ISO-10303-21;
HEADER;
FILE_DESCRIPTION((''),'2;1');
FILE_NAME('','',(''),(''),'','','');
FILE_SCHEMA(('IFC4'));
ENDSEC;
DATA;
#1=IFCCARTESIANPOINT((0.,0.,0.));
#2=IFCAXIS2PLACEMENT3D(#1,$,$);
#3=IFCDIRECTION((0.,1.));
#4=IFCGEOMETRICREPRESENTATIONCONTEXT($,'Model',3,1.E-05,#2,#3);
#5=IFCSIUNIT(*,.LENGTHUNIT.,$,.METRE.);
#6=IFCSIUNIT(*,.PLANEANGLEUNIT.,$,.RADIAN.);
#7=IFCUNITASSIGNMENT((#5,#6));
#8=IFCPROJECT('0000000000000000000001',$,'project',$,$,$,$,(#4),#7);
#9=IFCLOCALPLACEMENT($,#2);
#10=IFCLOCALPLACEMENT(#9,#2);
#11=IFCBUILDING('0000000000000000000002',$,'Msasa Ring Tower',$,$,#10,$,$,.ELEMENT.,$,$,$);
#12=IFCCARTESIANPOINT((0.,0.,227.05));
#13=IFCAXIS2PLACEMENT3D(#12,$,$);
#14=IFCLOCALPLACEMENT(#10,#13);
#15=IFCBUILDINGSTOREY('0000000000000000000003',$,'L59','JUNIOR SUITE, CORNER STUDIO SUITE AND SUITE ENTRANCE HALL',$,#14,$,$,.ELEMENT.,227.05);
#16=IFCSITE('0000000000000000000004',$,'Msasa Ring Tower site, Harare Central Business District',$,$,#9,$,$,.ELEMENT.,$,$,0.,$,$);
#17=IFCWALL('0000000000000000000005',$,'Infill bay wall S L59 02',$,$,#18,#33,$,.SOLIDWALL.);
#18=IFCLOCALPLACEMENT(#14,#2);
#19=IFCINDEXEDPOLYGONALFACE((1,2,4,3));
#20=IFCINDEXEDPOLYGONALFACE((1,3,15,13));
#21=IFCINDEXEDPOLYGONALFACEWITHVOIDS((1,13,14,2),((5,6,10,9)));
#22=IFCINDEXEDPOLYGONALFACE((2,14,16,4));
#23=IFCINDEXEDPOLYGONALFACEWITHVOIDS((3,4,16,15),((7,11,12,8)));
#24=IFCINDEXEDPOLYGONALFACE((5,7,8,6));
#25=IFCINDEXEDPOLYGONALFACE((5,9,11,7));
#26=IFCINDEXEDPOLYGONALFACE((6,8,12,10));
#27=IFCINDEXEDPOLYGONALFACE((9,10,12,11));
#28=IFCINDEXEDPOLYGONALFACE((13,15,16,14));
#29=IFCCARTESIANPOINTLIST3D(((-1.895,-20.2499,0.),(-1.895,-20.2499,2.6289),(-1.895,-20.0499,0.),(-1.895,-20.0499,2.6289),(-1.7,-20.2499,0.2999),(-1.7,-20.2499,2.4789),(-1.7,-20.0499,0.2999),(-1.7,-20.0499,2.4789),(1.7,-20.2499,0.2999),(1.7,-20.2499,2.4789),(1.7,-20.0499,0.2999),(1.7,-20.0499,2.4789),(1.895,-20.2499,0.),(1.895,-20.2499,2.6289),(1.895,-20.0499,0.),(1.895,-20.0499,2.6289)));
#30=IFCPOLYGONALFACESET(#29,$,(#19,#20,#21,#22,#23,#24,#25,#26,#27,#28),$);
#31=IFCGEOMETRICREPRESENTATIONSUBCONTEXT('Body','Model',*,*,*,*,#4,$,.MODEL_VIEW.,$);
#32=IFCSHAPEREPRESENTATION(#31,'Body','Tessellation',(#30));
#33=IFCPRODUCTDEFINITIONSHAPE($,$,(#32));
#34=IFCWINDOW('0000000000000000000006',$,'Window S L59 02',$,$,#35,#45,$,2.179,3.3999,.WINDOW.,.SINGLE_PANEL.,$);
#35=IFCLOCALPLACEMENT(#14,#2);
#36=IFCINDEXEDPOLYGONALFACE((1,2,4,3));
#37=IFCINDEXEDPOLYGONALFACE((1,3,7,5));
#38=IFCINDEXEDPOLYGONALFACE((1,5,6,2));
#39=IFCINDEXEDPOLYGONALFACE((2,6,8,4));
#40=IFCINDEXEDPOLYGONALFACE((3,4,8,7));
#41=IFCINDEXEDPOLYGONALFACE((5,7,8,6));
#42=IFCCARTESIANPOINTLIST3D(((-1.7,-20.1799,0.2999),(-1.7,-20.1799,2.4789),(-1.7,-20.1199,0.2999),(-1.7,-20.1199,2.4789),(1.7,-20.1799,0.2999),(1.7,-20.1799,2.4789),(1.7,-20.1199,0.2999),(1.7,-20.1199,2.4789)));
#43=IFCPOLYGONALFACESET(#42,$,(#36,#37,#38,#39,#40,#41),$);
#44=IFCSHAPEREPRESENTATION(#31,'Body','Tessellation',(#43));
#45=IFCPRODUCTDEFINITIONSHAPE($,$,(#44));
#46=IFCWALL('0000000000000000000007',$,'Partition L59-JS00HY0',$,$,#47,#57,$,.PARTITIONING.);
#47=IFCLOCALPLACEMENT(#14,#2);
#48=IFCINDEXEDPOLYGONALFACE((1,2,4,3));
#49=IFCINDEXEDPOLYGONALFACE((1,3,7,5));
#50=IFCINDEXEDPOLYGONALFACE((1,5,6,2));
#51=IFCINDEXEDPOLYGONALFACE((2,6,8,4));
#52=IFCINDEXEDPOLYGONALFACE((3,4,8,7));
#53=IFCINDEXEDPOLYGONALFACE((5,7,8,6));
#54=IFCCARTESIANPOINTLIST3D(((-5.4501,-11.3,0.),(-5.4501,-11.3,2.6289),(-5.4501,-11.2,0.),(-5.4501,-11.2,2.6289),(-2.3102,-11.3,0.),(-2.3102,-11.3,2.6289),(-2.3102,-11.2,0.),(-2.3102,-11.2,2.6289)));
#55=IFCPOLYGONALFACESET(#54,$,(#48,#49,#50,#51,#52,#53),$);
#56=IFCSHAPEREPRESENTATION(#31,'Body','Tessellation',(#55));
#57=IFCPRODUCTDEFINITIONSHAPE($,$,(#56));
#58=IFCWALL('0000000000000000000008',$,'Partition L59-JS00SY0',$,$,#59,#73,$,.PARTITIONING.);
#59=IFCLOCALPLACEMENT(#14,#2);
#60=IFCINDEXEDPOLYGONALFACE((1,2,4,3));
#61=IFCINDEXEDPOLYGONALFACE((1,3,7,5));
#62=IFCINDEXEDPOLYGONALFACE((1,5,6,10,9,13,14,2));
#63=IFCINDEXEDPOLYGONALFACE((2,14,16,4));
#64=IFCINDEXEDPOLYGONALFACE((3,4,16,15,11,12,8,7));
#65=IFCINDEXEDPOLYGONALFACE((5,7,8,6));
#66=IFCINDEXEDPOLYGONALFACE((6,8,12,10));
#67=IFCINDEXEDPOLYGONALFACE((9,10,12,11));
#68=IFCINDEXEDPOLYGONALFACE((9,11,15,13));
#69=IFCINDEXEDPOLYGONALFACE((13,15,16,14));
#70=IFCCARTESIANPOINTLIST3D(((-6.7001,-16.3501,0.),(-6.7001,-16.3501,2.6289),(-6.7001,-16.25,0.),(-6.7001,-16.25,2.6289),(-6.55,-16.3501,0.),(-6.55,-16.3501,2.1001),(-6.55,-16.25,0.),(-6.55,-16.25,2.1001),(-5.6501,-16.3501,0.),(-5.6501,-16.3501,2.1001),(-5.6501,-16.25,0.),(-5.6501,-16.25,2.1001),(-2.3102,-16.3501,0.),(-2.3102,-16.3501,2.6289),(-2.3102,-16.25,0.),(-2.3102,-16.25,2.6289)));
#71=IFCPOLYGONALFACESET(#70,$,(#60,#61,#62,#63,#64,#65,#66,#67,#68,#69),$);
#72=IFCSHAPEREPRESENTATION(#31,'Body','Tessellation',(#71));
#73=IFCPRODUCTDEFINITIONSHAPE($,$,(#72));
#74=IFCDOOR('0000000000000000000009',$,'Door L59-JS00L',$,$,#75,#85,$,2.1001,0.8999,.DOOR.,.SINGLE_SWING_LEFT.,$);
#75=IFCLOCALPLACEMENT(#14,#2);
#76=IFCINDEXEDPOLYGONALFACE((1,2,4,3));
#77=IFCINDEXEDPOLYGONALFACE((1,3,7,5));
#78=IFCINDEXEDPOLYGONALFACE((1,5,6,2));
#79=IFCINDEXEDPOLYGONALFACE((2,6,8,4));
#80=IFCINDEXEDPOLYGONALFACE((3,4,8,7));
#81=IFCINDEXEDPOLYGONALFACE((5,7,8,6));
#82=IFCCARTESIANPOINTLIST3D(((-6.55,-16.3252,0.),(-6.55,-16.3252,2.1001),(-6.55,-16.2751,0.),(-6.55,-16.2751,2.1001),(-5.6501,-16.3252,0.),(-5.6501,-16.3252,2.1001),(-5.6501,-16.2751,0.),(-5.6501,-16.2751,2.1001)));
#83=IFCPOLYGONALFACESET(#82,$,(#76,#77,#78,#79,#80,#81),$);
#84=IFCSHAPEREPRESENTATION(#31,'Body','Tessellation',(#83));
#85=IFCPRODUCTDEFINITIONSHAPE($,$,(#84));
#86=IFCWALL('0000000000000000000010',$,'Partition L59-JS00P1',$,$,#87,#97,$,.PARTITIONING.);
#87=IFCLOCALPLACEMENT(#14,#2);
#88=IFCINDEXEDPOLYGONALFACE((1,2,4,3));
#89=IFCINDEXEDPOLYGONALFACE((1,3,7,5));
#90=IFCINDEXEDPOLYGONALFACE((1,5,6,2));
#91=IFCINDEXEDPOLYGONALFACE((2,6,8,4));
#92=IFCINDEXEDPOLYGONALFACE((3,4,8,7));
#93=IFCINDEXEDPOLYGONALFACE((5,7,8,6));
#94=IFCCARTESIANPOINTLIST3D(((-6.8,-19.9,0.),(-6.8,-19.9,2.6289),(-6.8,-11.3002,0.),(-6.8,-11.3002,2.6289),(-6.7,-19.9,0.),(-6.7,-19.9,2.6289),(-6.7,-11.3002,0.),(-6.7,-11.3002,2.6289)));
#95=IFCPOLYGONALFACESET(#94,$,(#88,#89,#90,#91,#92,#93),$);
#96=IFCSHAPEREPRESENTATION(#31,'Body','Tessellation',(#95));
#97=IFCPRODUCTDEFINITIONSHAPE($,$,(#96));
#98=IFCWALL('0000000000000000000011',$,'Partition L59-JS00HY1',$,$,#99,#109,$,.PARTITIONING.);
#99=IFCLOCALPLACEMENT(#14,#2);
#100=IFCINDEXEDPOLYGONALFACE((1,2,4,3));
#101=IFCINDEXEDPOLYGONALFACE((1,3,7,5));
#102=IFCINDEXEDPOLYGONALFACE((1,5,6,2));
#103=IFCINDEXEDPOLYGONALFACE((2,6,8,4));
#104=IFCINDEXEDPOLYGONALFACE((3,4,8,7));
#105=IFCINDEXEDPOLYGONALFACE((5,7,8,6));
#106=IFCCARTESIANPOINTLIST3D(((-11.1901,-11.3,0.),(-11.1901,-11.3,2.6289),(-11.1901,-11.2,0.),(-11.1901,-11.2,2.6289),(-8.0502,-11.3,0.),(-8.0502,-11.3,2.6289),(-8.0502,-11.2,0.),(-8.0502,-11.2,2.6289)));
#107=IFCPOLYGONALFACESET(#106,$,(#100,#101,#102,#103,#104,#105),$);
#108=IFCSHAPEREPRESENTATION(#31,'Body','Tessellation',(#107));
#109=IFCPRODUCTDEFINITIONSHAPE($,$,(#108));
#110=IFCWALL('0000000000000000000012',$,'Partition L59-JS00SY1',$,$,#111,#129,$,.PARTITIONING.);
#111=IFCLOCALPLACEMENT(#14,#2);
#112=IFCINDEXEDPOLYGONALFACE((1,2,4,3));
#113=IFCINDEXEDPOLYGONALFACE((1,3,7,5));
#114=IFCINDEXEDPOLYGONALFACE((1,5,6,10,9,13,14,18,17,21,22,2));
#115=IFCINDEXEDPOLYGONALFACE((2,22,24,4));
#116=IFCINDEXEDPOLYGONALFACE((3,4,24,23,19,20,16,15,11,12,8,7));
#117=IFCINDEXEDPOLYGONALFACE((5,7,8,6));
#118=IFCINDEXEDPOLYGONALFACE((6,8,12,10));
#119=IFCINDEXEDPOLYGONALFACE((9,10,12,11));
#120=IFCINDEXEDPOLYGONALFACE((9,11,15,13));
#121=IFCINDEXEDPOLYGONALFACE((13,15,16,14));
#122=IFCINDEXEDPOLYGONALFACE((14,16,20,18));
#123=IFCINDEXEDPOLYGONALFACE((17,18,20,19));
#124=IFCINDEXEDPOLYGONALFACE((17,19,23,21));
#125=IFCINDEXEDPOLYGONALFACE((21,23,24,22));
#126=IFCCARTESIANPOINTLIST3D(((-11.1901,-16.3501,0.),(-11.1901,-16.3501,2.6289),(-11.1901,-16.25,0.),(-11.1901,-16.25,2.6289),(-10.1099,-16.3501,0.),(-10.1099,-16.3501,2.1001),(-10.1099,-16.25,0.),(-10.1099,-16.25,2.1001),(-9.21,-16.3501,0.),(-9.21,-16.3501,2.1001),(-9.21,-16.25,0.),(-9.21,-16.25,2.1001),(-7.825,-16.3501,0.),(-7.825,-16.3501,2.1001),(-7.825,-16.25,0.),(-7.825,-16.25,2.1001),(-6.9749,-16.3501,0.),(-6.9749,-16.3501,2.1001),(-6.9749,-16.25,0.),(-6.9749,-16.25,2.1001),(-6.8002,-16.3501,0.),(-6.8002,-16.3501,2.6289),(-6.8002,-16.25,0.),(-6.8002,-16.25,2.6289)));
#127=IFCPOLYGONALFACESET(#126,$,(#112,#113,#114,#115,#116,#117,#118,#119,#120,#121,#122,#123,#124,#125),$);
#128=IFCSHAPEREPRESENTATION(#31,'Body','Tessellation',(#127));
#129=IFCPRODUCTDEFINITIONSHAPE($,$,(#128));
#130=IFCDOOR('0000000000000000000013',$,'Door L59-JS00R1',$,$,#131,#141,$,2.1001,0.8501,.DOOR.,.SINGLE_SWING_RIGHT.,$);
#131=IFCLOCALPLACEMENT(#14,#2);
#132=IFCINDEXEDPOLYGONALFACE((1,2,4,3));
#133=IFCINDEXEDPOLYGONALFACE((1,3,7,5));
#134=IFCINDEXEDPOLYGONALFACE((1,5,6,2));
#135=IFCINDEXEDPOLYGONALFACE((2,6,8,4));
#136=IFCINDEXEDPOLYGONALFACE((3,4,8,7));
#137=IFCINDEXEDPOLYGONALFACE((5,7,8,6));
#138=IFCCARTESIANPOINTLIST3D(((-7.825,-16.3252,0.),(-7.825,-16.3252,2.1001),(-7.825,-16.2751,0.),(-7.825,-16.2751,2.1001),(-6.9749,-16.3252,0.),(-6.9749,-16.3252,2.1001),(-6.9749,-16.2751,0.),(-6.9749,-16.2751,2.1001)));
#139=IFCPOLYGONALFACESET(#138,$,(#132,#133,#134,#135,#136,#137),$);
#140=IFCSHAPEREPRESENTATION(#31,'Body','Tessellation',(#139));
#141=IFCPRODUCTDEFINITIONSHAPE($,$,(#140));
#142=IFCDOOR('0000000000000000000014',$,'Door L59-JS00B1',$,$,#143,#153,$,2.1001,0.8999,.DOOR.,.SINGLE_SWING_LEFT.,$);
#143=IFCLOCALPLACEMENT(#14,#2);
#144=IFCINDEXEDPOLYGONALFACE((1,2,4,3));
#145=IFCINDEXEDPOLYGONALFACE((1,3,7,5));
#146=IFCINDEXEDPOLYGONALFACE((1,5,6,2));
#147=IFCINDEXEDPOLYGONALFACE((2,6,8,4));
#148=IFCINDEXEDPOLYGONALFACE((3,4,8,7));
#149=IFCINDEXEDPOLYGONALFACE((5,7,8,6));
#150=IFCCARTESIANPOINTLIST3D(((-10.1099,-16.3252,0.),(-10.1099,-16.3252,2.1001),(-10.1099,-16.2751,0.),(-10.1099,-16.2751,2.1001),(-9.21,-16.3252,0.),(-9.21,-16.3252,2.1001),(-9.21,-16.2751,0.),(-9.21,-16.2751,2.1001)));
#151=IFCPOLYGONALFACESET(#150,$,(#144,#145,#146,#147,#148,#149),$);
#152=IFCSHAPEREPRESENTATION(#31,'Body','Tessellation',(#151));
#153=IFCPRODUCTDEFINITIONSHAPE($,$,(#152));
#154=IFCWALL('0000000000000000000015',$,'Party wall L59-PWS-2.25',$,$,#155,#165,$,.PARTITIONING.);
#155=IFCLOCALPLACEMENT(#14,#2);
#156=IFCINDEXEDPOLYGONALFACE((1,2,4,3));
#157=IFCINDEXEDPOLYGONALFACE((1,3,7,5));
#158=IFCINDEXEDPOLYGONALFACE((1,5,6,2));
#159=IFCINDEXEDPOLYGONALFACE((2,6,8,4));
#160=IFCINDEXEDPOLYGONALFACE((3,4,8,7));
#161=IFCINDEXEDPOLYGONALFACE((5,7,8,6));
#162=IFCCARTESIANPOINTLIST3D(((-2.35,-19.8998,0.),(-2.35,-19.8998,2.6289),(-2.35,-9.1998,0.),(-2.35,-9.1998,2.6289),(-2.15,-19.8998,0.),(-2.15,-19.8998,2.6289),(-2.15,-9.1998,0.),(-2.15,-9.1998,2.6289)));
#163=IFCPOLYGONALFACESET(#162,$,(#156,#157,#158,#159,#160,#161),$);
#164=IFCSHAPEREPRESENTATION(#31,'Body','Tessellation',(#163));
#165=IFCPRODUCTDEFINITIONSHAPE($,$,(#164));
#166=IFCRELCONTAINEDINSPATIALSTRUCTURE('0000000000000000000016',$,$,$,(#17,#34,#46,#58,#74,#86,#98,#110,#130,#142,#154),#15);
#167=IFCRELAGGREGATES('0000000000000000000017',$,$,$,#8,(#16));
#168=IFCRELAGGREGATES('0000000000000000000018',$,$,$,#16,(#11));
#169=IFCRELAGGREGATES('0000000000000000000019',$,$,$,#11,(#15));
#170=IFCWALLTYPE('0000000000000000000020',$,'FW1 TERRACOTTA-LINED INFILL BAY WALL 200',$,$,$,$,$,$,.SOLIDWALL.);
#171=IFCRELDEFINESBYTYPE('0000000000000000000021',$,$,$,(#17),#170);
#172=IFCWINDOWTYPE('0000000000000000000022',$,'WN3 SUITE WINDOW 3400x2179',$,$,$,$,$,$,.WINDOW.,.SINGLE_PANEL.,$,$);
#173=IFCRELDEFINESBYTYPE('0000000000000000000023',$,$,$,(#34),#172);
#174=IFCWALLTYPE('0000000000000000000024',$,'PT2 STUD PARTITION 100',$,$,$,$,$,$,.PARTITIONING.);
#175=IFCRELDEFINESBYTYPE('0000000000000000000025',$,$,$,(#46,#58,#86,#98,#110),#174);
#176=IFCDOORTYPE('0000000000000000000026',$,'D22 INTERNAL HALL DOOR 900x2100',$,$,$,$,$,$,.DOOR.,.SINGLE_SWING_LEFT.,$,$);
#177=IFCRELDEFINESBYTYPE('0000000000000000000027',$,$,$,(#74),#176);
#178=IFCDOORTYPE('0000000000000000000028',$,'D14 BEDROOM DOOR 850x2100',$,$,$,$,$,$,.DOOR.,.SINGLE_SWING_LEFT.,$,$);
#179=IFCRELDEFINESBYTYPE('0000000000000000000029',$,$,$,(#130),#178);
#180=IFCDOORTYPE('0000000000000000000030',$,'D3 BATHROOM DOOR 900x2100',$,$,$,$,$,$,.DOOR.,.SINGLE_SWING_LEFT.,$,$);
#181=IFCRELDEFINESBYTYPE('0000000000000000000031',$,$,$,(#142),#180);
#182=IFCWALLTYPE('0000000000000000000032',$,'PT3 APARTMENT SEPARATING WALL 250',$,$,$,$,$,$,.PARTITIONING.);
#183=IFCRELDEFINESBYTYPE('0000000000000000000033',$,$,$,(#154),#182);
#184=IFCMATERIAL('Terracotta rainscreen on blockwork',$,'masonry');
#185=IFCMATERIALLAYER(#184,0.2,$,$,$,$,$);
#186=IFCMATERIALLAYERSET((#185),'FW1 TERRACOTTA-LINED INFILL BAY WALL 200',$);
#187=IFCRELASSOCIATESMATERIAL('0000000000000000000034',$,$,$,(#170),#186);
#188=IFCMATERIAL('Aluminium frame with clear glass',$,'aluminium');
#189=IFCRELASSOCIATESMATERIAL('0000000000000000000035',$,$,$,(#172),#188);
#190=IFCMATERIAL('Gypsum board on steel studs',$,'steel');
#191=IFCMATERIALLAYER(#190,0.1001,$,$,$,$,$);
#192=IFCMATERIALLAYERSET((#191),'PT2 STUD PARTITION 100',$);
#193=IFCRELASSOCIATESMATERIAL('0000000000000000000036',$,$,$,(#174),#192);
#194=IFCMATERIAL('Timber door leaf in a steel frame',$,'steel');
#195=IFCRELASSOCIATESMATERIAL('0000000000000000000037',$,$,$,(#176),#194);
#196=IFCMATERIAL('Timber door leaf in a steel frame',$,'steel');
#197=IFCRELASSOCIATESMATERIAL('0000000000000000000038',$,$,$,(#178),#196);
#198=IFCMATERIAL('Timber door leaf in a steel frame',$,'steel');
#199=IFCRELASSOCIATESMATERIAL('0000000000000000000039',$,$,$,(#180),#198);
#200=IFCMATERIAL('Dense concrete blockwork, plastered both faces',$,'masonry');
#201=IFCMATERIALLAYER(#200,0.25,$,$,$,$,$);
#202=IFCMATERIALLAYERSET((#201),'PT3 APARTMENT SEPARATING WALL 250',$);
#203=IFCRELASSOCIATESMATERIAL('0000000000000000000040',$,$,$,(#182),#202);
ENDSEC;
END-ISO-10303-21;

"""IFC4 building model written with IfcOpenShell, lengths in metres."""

from ifc_helpers import new_model, si_unit, direction, frame, frame_2d, origin, place, context, subcontext, project, spatial, rectangle, extrude, material, layer, layer_set, type_object, element, fill, save


model = new_model("IFC4")

# Units and contexts
model_context = context("Model", 3, precision=1e-05, world=origin(), true_north=direction((0.0, 1.0)))
body_context = subcontext(model_context, "Body", "Model", "MODEL_VIEW")
ifc_project = project(units=[si_unit("LENGTHUNIT", "METRE"), si_unit("PLANEANGLEUNIT", "RADIAN")], contexts=[model_context])

# Site, building, storey
site_placement = place(None, origin())
site = spatial("IfcSite", under=ifc_project, at=site_placement, Name="Msasa Ring Tower site, Harare Central Business District", CompositionType="ELEMENT", RefElevation=0.0)
building_placement = place(site_placement, origin())
building = spatial("IfcBuilding", under=site, at=building_placement, Name="Msasa Ring Tower", CompositionType="ELEMENT")
storey_placement = place(building_placement, frame((0.0, 0.0, 227.05)))
storey = spatial("IfcBuildingStorey", under=building, at=storey_placement, Name="L59", Description="JUNIOR SUITE, CORNER STUDIO SUITE AND SUITE ENTRANCE HALL", CompositionType="ELEMENT", Elevation=227.05)

# Wall, opening, window
ifc_material_1 = material(Name="Terracotta rainscreen on blockwork", Category="masonry")
ifc_layer_1 = layer(ifc_material_1, 0.2)
ifc_layer_set_1 = layer_set([ifc_layer_1], Name="FW1 TERRACOTTA-LINED INFILL BAY WALL 200")
wall_type_1 = type_object("IfcWallType", Name="FW1 TERRACOTTA-LINED INFILL BAY WALL 200", PredefinedType="SOLIDWALL", material=ifc_layer_set_1)
ifc_material_2 = material(Name="Aluminium frame with clear glass", Category="aluminium")
window_type = type_object("IfcWindowType", Name="WN3 SUITE WINDOW 3400x2179", PartitioningType="SINGLE_PANEL", PredefinedType="WINDOW", material=ifc_material_2)
wall_1_placement = place(storey_placement, frame((-1.895, -20.1499, 0.0), z_axis=(0.0, 0.0, 1.0), x_axis=(1.0, 0.0, 0.0)))
wall_1 = element("IfcWall", 1, at=wall_1_placement, inside=storey, type_object=wall_type_1, Name="Infill bay wall S L59 02", PredefinedType="SOLIDWALL", context=body_context, shape_type="SweptSolid", body=[
    extrude(rectangle(XDim=3.79, YDim=0.2, at=frame_2d((1.895, 0.0))), origin(), (0.0, 0.0, 1.0), 2.6289),
])
opening_1_placement = place(wall_1_placement, frame((0.1951, 0.0, 0.3)))
opening_1 = element("IfcOpeningElement", 2, at=opening_1_placement, cuts=wall_1, PredefinedType="OPENING", context=body_context, shape_type="SweptSolid", body=[
    extrude(rectangle(XDim=3.3999, YDim=2.179, at=frame_2d((1.7, 1.0894))), frame((0.0, 0.1099, 0.0), z_axis=(0.0, -1.0, 0.0), x_axis=(1.0, 0.0, 0.0)), (0.0, 0.0, 1.0), 0.22),
])
window_1_placement = place(opening_1_placement, origin())
window_1 = element("IfcWindow", 3, at=window_1_placement, inside=storey, type_object=window_type, Name="Window S L59 02", OverallHeight=2.179, OverallWidth=3.3999, PartitioningType="SINGLE_PANEL", PredefinedType="WINDOW", context=body_context, shape_type="SweptSolid", body=[
    extrude(rectangle(XDim=3.3999, YDim=2.179, at=frame_2d((1.7, 1.0894))), frame((0.0, 0.03, 0.0), z_axis=(0.0, -1.0, 0.0), x_axis=(1.0, 0.0, 0.0)), (0.0, 0.0, 1.0), 0.0601),
])
fill(opening_1, window_1)

# Wall
ifc_material_3 = material(Name="Gypsum board on steel studs", Category="steel")
ifc_layer_2 = layer(ifc_material_3, 0.1001)
ifc_layer_set_2 = layer_set([ifc_layer_2], Name="PT2 STUD PARTITION 100")
wall_type_2 = type_object("IfcWallType", Name="PT2 STUD PARTITION 100", PredefinedType="PARTITIONING", material=ifc_layer_set_2)
wall_2_placement = place(storey_placement, frame((-5.45, -11.25, 0.0), z_axis=(0.0, 0.0, 1.0), x_axis=(1.0, 0.0, 0.0)))
element("IfcWall", 4, at=wall_2_placement, inside=storey, type_object=wall_type_2, Name="Partition L59-JS00HY0", PredefinedType="PARTITIONING", context=body_context, shape_type="SweptSolid", body=[
    extrude(rectangle(XDim=3.1399, YDim=0.1001, at=frame_2d((1.5698, 0.0))), origin(), (0.0, 0.0, 1.0), 2.6289),
])

# Wall, opening, door
wall_3_placement = place(storey_placement, frame((-6.7, -16.3, 0.0), z_axis=(0.0, 0.0, 1.0), x_axis=(1.0, 0.0, 0.0)))
wall_3 = element("IfcWall", 5, at=wall_3_placement, inside=storey, type_object=wall_type_2, Name="Partition L59-JS00SY0", PredefinedType="PARTITIONING", context=body_context, shape_type="SweptSolid", body=[
    extrude(rectangle(XDim=4.3899, YDim=0.1001, at=frame_2d((2.1948, 0.0))), origin(), (0.0, 0.0, 1.0), 2.6289),
])
opening_2_placement = place(wall_3_placement, frame((0.1499, 0.0, 0.0)))
opening_2 = element("IfcOpeningElement", 6, at=opening_2_placement, cuts=wall_3, PredefinedType="OPENING", context=body_context, shape_type="SweptSolid", body=[
    extrude(rectangle(XDim=0.8999, YDim=2.1001, at=frame_2d((0.45, 1.05))), frame((0.0, 0.0601, 0.0), z_axis=(0.0, -1.0, 0.0), x_axis=(1.0, 0.0, 0.0)), (0.0, 0.0, 1.0), 0.1201),
])
ifc_material_4 = material(Name="Timber door leaf in a steel frame", Category="steel")
door_type_1 = type_object("IfcDoorType", Name="D22 INTERNAL HALL DOOR 900x2100", OperationType="SINGLE_SWING_LEFT", PredefinedType="DOOR", material=ifc_material_4)
door_1_placement = place(opening_2_placement, origin())
door_1 = element("IfcDoor", 7, at=door_1_placement, inside=storey, type_object=door_type_1, Name="Door L59-JS00L", OperationType="SINGLE_SWING_LEFT", OverallHeight=2.1001, OverallWidth=0.8999, PredefinedType="DOOR", context=body_context, shape_type="SweptSolid", body=[
    extrude(rectangle(XDim=0.8999, YDim=2.1001, at=frame_2d((0.45, 1.05))), frame((0.0, 0.0249, 0.0), z_axis=(0.0, -1.0, 0.0), x_axis=(1.0, 0.0, 0.0)), (0.0, 0.0, 1.0), 0.05),
])
fill(opening_2, door_1)

# Walls
wall_4_placement = place(storey_placement, frame((-6.75, -19.8999, 0.0), z_axis=(0.0, 0.0, 1.0), x_axis=(0.0, 1.0, 0.0)))
element("IfcWall", 8, at=wall_4_placement, inside=storey, type_object=wall_type_2, Name="Partition L59-JS00P1", PredefinedType="PARTITIONING", context=body_context, shape_type="SweptSolid", body=[
    extrude(rectangle(XDim=8.5999, YDim=0.1001, at=frame_2d((4.2998, 0.0))), origin(), (0.0, 0.0, 1.0), 2.6289),
])
wall_5_placement = place(storey_placement, frame((-11.1899, -11.25, 0.0), z_axis=(0.0, 0.0, 1.0), x_axis=(1.0, 0.0, 0.0)))
element("IfcWall", 9, at=wall_5_placement, inside=storey, type_object=wall_type_2, Name="Partition L59-JS00HY1", PredefinedType="PARTITIONING", context=body_context, shape_type="SweptSolid", body=[
    extrude(rectangle(XDim=3.1399, YDim=0.1001, at=frame_2d((1.5698, 0.0))), origin(), (0.0, 0.0, 1.0), 2.6289),
])

# Wall, openings, doors
wall_6_placement = place(storey_placement, frame((-11.1899, -16.3, 0.0), z_axis=(0.0, 0.0, 1.0), x_axis=(1.0, 0.0, 0.0)))
wall_6 = element("IfcWall", 10, at=wall_6_placement, inside=storey, type_object=wall_type_2, Name="Partition L59-JS00SY1", PredefinedType="PARTITIONING", context=body_context, shape_type="SweptSolid", body=[
    extrude(rectangle(XDim=4.3899, YDim=0.1001, at=frame_2d((2.1948, 0.0))), origin(), (0.0, 0.0, 1.0), 2.6289),
])
opening_3_placement = place(wall_6_placement, frame((3.365, 0.0, 0.0)))
opening_3 = element("IfcOpeningElement", 11, at=opening_3_placement, cuts=wall_6, PredefinedType="OPENING", context=body_context, shape_type="SweptSolid", body=[
    extrude(rectangle(XDim=0.8501, YDim=2.1001, at=frame_2d((0.425, 1.05))), frame((0.0, 0.0601, 0.0), z_axis=(0.0, -1.0, 0.0), x_axis=(1.0, 0.0, 0.0)), (0.0, 0.0, 1.0), 0.1201),
])
opening_4_placement = place(wall_6_placement, frame((1.0801, 0.0, 0.0)))
opening_4 = element("IfcOpeningElement", 12, at=opening_4_placement, cuts=wall_6, PredefinedType="OPENING", context=body_context, shape_type="SweptSolid", body=[
    extrude(rectangle(XDim=0.8999, YDim=2.1001, at=frame_2d((0.45, 1.05))), frame((0.0, 0.0601, 0.0), z_axis=(0.0, -1.0, 0.0), x_axis=(1.0, 0.0, 0.0)), (0.0, 0.0, 1.0), 0.1201),
])
ifc_material_5 = material(Name="Timber door leaf in a steel frame", Category="steel")
door_type_2 = type_object("IfcDoorType", Name="D14 BEDROOM DOOR 850x2100", OperationType="SINGLE_SWING_LEFT", PredefinedType="DOOR", material=ifc_material_5)
door_2_placement = place(opening_3_placement, origin())
door_2 = element("IfcDoor", 13, at=door_2_placement, inside=storey, type_object=door_type_2, Name="Door L59-JS00R1", OperationType="SINGLE_SWING_RIGHT", OverallHeight=2.1001, OverallWidth=0.8501, PredefinedType="DOOR", context=body_context, shape_type="SweptSolid", body=[
    extrude(rectangle(XDim=0.8501, YDim=2.1001, at=frame_2d((0.425, 1.05))), frame((0.0, 0.0249, 0.0), z_axis=(0.0, -1.0, 0.0), x_axis=(1.0, 0.0, 0.0)), (0.0, 0.0, 1.0), 0.05),
])
fill(opening_3, door_2)
ifc_material_6 = material(Name="Timber door leaf in a steel frame", Category="steel")
door_type_3 = type_object("IfcDoorType", Name="D3 BATHROOM DOOR 900x2100", OperationType="SINGLE_SWING_LEFT", PredefinedType="DOOR", material=ifc_material_6)
door_3_placement = place(opening_4_placement, origin())
door_3 = element("IfcDoor", 14, at=door_3_placement, inside=storey, type_object=door_type_3, Name="Door L59-JS00B1", OperationType="SINGLE_SWING_LEFT", OverallHeight=2.1001, OverallWidth=0.8999, PredefinedType="DOOR", context=body_context, shape_type="SweptSolid", body=[
    extrude(rectangle(XDim=0.8999, YDim=2.1001, at=frame_2d((0.45, 1.05))), frame((0.0, 0.0249, 0.0), z_axis=(0.0, -1.0, 0.0), x_axis=(1.0, 0.0, 0.0)), (0.0, 0.0, 1.0), 0.05),
])
fill(opening_4, door_3)

# Wall
ifc_material_7 = material(Name="Dense concrete blockwork, plastered both faces", Category="masonry")
ifc_layer_3 = layer(ifc_material_7, 0.25)
ifc_layer_set_3 = layer_set([ifc_layer_3], Name="PT3 APARTMENT SEPARATING WALL 250")
wall_type_3 = type_object("IfcWallType", Name="PT3 APARTMENT SEPARATING WALL 250", PredefinedType="PARTITIONING", material=ifc_layer_set_3)
wall_7_placement = place(storey_placement, frame((-2.25, -19.8999, 0.0), z_axis=(0.0, 0.0, 1.0), x_axis=(0.0, 1.0, 0.0)))
element("IfcWall", 15, at=wall_7_placement, inside=storey, type_object=wall_type_3, Name="Party wall L59-PWS-2.25", PredefinedType="PARTITIONING", context=body_context, shape_type="SweptSolid", body=[
    extrude(rectangle(XDim=10.7, YDim=0.2, at=frame_2d((5.3501, 0.0))), origin(), (0.0, 0.0, 1.0), 2.6289),
])

save(model, "model.ifc")
